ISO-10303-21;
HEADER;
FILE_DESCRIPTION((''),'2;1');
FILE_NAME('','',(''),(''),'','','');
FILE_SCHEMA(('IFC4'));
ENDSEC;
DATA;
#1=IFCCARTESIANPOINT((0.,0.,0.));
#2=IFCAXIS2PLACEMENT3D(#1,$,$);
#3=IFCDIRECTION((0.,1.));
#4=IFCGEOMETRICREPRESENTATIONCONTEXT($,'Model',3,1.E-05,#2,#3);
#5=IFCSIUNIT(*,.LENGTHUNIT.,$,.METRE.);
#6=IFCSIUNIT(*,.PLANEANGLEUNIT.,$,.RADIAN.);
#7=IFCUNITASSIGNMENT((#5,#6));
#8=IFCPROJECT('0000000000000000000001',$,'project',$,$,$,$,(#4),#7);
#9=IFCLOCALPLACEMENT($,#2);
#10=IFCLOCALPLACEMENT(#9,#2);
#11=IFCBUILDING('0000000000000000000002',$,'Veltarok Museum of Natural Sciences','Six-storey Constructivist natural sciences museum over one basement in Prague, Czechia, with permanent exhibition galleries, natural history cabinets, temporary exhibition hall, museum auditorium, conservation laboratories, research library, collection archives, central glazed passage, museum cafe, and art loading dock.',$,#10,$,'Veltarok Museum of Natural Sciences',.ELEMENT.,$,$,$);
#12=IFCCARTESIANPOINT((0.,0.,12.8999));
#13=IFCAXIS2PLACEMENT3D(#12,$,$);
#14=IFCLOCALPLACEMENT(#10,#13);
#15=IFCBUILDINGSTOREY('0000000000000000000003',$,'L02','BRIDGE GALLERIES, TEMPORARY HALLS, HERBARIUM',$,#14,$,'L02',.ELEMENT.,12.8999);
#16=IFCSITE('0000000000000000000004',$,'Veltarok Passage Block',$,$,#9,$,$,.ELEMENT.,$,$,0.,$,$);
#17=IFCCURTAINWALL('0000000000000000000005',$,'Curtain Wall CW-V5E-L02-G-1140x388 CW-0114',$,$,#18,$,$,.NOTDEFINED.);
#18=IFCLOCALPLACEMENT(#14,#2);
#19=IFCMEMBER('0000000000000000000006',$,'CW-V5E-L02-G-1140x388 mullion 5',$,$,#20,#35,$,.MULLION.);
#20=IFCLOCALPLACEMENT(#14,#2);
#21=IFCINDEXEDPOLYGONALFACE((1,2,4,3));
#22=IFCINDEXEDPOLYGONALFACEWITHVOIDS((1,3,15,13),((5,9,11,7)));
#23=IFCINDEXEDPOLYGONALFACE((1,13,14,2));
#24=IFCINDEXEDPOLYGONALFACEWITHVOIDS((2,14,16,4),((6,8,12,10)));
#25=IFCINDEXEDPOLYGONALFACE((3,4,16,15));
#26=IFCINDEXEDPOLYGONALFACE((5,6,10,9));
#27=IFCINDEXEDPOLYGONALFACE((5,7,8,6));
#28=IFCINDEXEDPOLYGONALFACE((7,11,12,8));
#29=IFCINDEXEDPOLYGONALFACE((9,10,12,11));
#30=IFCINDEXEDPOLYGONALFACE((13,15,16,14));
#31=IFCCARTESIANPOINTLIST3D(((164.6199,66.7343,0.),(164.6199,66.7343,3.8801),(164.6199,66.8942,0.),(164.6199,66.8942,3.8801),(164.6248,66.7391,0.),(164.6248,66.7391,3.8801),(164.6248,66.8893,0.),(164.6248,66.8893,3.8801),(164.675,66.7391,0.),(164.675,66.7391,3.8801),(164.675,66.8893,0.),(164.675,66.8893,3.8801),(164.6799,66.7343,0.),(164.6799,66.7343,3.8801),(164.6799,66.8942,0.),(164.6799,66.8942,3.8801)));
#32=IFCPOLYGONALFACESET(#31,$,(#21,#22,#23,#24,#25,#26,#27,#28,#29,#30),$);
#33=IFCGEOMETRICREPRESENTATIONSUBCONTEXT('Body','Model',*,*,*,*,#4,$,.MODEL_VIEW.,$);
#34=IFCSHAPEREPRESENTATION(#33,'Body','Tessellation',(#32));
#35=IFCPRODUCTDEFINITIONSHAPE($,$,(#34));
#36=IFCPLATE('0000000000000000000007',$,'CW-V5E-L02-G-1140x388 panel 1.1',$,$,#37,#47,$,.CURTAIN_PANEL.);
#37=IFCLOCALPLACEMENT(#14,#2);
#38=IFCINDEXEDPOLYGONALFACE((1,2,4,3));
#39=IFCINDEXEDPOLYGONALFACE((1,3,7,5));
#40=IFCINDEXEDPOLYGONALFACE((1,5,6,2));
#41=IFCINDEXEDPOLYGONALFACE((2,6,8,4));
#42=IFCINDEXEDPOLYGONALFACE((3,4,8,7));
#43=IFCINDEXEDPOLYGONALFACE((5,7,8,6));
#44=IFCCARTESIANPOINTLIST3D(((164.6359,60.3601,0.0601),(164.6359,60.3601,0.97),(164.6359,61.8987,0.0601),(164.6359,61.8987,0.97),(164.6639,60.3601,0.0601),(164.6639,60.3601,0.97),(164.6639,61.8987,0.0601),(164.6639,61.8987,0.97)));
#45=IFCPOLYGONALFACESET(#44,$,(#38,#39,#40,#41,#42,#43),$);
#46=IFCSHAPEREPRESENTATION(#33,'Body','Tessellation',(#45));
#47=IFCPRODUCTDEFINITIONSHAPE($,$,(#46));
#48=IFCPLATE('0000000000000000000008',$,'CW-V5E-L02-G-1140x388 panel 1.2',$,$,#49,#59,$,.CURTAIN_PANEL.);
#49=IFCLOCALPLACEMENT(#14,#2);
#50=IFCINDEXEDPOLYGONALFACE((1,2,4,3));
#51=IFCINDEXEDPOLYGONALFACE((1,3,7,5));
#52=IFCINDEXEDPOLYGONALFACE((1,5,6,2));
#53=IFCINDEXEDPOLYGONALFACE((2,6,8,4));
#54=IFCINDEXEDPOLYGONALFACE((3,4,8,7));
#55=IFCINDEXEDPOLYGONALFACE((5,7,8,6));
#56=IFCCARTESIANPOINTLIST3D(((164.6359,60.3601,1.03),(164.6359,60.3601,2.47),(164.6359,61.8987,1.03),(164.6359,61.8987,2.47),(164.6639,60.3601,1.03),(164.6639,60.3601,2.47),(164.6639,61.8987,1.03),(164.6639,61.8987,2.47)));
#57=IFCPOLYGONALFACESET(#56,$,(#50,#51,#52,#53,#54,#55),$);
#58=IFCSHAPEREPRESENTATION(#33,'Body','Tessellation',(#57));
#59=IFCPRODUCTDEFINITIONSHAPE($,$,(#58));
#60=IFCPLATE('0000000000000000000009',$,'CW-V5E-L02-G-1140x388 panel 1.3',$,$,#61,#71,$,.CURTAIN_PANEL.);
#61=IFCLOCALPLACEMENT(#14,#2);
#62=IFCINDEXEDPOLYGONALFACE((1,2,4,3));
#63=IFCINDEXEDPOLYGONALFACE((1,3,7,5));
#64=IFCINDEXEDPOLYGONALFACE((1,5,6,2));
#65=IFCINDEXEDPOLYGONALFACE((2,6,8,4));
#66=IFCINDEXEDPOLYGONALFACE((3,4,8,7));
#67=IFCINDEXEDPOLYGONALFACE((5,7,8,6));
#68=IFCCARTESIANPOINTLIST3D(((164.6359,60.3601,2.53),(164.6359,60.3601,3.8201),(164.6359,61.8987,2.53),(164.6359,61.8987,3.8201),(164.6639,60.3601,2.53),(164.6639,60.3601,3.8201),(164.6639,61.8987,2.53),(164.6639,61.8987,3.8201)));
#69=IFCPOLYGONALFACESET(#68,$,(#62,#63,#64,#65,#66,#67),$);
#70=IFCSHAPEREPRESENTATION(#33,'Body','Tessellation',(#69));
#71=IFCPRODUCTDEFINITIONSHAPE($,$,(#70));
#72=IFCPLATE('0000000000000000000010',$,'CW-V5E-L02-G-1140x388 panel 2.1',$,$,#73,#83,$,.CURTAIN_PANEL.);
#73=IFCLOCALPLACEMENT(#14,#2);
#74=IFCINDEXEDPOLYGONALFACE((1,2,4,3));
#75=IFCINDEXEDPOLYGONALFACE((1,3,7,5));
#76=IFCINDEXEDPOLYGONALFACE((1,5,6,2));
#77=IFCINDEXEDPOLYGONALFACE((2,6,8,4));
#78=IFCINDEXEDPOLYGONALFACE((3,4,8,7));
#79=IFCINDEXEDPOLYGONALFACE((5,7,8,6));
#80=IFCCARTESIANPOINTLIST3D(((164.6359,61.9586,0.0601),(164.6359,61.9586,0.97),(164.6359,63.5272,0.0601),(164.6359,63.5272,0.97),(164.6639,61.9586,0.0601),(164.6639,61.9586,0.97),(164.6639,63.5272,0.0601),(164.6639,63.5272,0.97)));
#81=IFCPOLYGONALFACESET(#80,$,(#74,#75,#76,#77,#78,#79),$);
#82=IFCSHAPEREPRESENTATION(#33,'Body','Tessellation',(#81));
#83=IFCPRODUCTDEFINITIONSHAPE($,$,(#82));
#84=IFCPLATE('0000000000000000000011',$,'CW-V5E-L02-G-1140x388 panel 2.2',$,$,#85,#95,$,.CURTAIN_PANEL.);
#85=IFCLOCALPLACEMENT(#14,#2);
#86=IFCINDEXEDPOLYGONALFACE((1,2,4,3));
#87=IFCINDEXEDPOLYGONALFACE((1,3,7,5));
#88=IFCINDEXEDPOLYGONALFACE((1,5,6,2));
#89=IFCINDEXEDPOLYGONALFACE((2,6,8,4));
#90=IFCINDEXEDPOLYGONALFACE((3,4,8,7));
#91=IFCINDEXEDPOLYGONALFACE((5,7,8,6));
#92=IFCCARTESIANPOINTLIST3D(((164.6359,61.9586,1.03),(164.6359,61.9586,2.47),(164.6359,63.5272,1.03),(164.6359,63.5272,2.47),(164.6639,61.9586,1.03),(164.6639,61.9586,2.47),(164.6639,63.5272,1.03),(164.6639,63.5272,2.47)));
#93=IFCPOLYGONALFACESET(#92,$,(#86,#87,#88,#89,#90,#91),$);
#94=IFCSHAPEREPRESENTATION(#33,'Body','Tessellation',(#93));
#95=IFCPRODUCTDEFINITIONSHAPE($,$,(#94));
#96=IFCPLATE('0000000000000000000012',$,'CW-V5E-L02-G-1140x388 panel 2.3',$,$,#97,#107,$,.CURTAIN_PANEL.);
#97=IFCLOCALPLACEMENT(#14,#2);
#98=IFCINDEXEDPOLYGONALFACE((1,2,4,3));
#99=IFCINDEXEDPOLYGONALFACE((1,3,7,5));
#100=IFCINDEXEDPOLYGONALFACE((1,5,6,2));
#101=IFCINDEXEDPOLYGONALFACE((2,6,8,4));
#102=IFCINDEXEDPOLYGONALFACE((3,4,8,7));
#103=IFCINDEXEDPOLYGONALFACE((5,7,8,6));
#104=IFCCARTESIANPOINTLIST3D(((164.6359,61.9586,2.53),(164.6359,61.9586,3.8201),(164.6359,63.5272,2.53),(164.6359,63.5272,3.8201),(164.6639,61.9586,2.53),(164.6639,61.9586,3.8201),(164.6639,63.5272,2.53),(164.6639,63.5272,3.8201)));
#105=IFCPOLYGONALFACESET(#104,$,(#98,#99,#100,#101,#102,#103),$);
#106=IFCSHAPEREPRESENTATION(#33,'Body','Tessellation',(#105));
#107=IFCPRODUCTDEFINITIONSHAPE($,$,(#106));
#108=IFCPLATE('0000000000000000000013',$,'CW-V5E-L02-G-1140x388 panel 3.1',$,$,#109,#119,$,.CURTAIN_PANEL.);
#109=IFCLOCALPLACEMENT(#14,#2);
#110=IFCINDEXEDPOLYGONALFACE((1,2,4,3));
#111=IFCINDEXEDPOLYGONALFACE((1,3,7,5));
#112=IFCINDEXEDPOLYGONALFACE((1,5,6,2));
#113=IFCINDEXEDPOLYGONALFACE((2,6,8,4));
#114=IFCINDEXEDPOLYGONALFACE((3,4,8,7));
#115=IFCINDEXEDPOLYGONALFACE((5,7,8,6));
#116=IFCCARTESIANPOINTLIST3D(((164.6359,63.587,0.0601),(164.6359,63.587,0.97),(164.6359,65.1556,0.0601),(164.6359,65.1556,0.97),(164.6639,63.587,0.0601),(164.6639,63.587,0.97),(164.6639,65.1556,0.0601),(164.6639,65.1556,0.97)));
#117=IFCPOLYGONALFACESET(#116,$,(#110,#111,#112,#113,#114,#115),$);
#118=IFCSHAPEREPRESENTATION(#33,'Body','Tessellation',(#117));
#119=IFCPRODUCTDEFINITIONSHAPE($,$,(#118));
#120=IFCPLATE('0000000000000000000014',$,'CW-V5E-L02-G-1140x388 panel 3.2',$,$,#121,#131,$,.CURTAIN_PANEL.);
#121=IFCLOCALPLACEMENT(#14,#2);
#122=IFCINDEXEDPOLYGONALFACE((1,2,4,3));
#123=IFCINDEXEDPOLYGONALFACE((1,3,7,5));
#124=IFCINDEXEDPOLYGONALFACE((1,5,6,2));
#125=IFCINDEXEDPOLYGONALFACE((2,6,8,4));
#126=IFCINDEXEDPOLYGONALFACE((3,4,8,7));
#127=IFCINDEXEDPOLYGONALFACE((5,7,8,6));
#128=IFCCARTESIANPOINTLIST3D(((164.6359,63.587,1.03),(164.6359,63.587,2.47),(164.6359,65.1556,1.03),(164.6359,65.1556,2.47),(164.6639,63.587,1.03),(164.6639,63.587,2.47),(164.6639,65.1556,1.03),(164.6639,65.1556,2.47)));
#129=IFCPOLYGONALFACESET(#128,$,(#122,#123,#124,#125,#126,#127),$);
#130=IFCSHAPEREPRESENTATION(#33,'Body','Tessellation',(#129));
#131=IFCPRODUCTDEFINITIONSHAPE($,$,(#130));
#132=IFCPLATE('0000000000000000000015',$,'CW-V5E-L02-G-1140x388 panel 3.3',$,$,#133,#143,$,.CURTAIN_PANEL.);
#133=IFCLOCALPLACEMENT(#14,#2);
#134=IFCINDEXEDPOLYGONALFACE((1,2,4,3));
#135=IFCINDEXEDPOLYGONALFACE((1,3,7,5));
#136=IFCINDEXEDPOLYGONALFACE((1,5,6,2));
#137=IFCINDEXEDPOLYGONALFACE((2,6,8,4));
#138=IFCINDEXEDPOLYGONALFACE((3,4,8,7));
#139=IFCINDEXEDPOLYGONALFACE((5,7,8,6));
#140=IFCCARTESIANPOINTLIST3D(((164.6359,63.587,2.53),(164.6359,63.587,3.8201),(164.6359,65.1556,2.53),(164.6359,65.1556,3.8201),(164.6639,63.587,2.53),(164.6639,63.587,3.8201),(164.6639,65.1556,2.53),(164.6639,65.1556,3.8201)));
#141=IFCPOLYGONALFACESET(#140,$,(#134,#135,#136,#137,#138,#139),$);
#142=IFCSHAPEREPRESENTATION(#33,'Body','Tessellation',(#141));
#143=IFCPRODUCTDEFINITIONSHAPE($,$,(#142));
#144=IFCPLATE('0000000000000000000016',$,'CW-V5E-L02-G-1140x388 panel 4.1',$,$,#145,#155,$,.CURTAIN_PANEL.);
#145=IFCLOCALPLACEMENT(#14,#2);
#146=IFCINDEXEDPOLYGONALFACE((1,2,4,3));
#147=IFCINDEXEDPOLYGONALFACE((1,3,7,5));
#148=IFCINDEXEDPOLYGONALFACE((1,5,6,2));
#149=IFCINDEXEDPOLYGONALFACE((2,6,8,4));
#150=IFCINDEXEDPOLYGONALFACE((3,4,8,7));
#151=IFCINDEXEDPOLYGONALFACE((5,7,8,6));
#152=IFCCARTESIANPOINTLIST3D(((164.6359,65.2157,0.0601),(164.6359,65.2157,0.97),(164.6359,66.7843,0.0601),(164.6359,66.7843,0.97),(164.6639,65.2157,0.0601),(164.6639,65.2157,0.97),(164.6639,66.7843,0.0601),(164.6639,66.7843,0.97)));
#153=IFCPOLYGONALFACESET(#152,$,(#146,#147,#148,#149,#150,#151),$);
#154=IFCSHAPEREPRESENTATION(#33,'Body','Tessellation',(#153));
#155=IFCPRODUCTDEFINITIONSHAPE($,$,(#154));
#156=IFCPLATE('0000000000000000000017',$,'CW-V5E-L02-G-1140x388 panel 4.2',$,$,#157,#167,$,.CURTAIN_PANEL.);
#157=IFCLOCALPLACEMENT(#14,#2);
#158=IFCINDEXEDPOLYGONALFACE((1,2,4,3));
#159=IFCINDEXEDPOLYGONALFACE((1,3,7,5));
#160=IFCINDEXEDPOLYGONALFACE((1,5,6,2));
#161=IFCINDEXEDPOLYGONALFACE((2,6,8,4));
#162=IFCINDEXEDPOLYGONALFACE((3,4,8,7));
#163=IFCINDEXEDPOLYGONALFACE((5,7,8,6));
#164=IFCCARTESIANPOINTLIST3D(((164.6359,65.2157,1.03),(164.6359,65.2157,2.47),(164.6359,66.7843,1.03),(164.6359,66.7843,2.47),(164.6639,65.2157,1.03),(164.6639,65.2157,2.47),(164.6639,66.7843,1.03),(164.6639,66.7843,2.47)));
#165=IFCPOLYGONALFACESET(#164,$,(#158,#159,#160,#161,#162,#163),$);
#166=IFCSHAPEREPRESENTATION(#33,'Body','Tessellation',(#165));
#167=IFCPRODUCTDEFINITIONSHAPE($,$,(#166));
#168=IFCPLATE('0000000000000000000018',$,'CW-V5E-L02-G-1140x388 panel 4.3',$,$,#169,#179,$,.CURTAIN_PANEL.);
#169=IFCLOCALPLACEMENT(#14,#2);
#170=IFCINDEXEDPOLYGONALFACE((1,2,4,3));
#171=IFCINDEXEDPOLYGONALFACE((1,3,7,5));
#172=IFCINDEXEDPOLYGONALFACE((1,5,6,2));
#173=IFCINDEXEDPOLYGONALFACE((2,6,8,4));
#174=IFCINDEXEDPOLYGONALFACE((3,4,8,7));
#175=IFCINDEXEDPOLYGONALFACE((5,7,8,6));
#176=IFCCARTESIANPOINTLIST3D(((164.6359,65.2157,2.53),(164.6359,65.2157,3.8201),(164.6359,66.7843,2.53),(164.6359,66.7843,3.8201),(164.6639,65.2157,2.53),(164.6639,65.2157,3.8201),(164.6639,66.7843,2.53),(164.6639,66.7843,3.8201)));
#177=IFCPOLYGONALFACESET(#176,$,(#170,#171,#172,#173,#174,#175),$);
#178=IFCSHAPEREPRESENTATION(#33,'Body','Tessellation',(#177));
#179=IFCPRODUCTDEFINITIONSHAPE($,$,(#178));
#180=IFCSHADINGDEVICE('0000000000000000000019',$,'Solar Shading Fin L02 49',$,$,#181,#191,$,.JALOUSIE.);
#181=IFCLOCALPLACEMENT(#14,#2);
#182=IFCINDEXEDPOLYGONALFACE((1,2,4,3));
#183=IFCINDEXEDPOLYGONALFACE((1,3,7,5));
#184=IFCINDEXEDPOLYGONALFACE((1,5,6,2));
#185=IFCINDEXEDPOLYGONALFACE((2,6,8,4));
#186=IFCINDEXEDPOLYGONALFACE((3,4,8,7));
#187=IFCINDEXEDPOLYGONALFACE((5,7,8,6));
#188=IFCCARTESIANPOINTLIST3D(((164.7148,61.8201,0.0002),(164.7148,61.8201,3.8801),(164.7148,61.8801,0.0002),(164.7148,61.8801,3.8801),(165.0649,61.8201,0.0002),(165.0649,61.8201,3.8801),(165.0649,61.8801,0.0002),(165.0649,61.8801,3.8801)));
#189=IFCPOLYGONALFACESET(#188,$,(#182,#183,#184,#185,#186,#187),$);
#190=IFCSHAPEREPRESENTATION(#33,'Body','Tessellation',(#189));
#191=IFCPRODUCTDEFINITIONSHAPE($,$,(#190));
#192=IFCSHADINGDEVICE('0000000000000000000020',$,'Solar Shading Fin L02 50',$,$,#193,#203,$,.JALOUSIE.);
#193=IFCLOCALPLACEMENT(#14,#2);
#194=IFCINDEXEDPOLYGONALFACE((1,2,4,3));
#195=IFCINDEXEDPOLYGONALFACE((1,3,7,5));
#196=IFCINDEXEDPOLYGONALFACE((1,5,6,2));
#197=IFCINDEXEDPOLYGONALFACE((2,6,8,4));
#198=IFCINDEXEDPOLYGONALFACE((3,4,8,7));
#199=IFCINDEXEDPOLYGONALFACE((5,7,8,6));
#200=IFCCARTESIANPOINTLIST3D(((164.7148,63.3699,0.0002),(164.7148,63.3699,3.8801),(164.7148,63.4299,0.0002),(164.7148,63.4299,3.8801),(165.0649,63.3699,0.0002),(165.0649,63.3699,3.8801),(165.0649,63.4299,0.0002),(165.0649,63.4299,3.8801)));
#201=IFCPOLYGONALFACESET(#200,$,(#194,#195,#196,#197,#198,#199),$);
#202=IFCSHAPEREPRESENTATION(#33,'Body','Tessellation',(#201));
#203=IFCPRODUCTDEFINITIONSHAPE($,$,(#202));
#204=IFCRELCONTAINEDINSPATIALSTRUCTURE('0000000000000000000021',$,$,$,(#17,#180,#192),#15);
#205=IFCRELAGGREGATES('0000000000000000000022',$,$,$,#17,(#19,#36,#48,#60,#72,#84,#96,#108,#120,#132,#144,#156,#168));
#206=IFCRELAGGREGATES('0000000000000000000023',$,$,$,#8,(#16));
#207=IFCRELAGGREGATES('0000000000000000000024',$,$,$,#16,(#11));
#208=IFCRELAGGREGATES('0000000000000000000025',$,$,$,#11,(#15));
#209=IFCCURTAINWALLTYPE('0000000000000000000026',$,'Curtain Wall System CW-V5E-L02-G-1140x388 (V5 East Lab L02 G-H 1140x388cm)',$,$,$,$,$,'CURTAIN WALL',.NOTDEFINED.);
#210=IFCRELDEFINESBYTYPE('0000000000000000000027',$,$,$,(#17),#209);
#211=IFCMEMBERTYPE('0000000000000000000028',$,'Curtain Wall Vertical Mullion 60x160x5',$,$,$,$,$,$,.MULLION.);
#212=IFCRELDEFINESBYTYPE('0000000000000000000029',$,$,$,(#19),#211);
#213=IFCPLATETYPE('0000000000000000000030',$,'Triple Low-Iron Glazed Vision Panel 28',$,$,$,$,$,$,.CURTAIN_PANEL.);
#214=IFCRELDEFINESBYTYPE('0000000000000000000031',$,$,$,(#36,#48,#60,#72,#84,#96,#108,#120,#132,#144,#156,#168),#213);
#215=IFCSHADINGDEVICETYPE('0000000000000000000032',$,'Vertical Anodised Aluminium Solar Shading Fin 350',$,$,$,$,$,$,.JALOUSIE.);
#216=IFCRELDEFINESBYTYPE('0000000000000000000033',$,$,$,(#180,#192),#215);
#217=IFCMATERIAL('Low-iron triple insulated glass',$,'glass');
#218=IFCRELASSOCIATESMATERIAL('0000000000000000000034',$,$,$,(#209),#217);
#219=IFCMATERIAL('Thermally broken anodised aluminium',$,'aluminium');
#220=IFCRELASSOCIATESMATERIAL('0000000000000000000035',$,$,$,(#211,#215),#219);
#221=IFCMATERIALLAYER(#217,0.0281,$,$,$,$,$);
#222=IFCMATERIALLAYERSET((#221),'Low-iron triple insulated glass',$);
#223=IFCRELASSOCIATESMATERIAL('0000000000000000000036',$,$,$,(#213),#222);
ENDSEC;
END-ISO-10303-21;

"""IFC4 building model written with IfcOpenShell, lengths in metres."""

from ifc_helpers import new_model, si_unit, direction, frame, origin, origin_2d, place, context, subcontext, project, spatial, rectangle, hollow_rectangle, extrude, material, layer, layer_set, material_profile, profile_set, type_object, element, aggregate, save


model = new_model("IFC4")

# Units and contexts
model_context = context("Model", 3, precision=1e-05, world=origin(), true_north=direction((0.0, 1.0)))
body_context = subcontext(model_context, "Body", "Model", "MODEL_VIEW")
ifc_project = project(units=[si_unit("LENGTHUNIT", "METRE"), si_unit("PLANEANGLEUNIT", "RADIAN")], contexts=[model_context])

# Site, building, storey
site_placement = place(None, origin())
site = spatial("IfcSite", under=ifc_project, at=site_placement, Name="Veltarok Passage Block", CompositionType="ELEMENT", RefElevation=0.0)
building_placement = place(site_placement, origin())
building = spatial("IfcBuilding", under=site, at=building_placement, Name="Veltarok Museum of Natural Sciences", Description="Six-storey Constructivist natural sciences museum over one basement in Prague, Czechia, with permanent exhibition galleries, natural history cabinets, temporary exhibition hall, museum auditorium, conservation laboratories, research library, collection archives, central glazed passage, museum cafe, and art loading dock.", LongName="Veltarok Museum of Natural Sciences", CompositionType="ELEMENT")
storey_placement = place(building_placement, frame((0.0, 0.0, 12.8999)))
storey = spatial("IfcBuildingStorey", under=building, at=storey_placement, Name="L02", Description="BRIDGE GALLERIES, TEMPORARY HALLS, HERBARIUM", LongName="L02", CompositionType="ELEMENT", Elevation=12.8999)

# Curtain wall, member, plates
ifc_material_1 = material(Name="Low-iron triple insulated glass", Category="glass")
curtain_wall_type = type_object("IfcCurtainWallType", Name="Curtain Wall System CW-V5E-L02-G-1140x388 (V5 East Lab L02 G-H 1140x388cm)", ElementType="CURTAIN WALL", PredefinedType="NOTDEFINED", material=ifc_material_1)
curtain_wall_placement = place(storey_placement, origin())
curtain_wall = element("IfcCurtainWall", 1, at=curtain_wall_placement, inside=storey, type_object=curtain_wall_type, Name="Curtain Wall CW-V5E-L02-G-1140x388 CW-0114", PredefinedType="NOTDEFINED")
ifc_material_2 = material(Name="Thermally broken anodised aluminium", Category="aluminium")
ifc_material_profile_1 = material_profile(ifc_material_2, hollow_rectangle(XDim=0.0601, YDim=0.1599, WallThickness=0.0049, at=origin_2d()), Name="CW MULLION 60x160x5")
ifc_profile_set_1 = profile_set([ifc_material_profile_1], Name="Thermally broken anodised aluminium")
member_type_1 = type_object("IfcMemberType", Name="Curtain Wall Vertical Mullion 60x160x5", PredefinedType="MULLION", material=ifc_profile_set_1)
member_1_placement = place(storey_placement, frame((164.6499, 66.8142, 0.0), z_axis=(0.0, 0.0, 1.0), x_axis=(-1.0, 0.0, 0.0)))
member_1 = element("IfcMember", 2, at=member_1_placement, type_object=member_type_1, Name="CW-V5E-L02-G-1140x388 mullion 5", PredefinedType="MULLION", context=body_context, shape_type="SweptSolid", body=[
    extrude(hollow_rectangle(XDim=0.0601, YDim=0.1599, WallThickness=0.0049, at=origin_2d()), origin(), (0.0, 0.0, 1.0), 3.8801),
])
ifc_layer = layer(ifc_material_1, 0.0281)
ifc_layer_set = layer_set([ifc_layer], Name="Low-iron triple insulated glass")
plate_type = type_object("IfcPlateType", Name="Triple Low-Iron Glazed Vision Panel 28", PredefinedType="CURTAIN_PANEL", material=ifc_layer_set)
plate_1_placement = place(storey_placement, frame((164.6499, 61.1294, 0.0601), z_axis=(0.0, 0.0, 1.0), x_axis=(0.0, 1.0, 0.0)))
plate_1 = element("IfcPlate", 3, at=plate_1_placement, type_object=plate_type, Name="CW-V5E-L02-G-1140x388 panel 1.1", PredefinedType="CURTAIN_PANEL", context=body_context, shape_type="SweptSolid", body=[
    extrude(rectangle(XDim=1.5386, YDim=0.0281, at=origin_2d()), origin(), (0.0, 0.0, 1.0), 0.9099),
])
plate_2_placement = place(storey_placement, frame((164.6499, 61.1294, 1.03), z_axis=(0.0, 0.0, 1.0), x_axis=(0.0, 1.0, 0.0)))
plate_2 = element("IfcPlate", 4, at=plate_2_placement, type_object=plate_type, Name="CW-V5E-L02-G-1140x388 panel 1.2", PredefinedType="CURTAIN_PANEL", context=body_context, shape_type="SweptSolid", body=[
    extrude(rectangle(XDim=1.5386, YDim=0.0281, at=origin_2d()), origin(), (0.0, 0.0, 1.0), 1.4399),
])
plate_3_placement = place(storey_placement, frame((164.6499, 61.1294, 2.53), z_axis=(0.0, 0.0, 1.0), x_axis=(0.0, 1.0, 0.0)))
plate_3 = element("IfcPlate", 5, at=plate_3_placement, type_object=plate_type, Name="CW-V5E-L02-G-1140x388 panel 1.3", PredefinedType="CURTAIN_PANEL", context=body_context, shape_type="SweptSolid", body=[
    extrude(rectangle(XDim=1.5386, YDim=0.0281, at=origin_2d()), origin(), (0.0, 0.0, 1.0), 1.29),
])
plate_4_placement = place(storey_placement, frame((164.6499, 62.7429, 0.0601), z_axis=(0.0, 0.0, 1.0), x_axis=(0.0, 1.0, 0.0)))
plate_4 = element("IfcPlate", 6, at=plate_4_placement, type_object=plate_type, Name="CW-V5E-L02-G-1140x388 panel 2.1", PredefinedType="CURTAIN_PANEL", context=body_context, shape_type="SweptSolid", body=[
    extrude(rectangle(XDim=1.5686, YDim=0.0281, at=origin_2d()), origin(), (0.0, 0.0, 1.0), 0.9099),
])
plate_5_placement = place(storey_placement, frame((164.6499, 62.7429, 1.03), z_axis=(0.0, 0.0, 1.0), x_axis=(0.0, 1.0, 0.0)))
plate_5 = element("IfcPlate", 7, at=plate_5_placement, type_object=plate_type, Name="CW-V5E-L02-G-1140x388 panel 2.2", PredefinedType="CURTAIN_PANEL", context=body_context, shape_type="SweptSolid", body=[
    extrude(rectangle(XDim=1.5686, YDim=0.0281, at=origin_2d()), origin(), (0.0, 0.0, 1.0), 1.4399),
])
plate_6_placement = place(storey_placement, frame((164.6499, 62.7429, 2.53), z_axis=(0.0, 0.0, 1.0), x_axis=(0.0, 1.0, 0.0)))
plate_6 = element("IfcPlate", 8, at=plate_6_placement, type_object=plate_type, Name="CW-V5E-L02-G-1140x388 panel 2.3", PredefinedType="CURTAIN_PANEL", context=body_context, shape_type="SweptSolid", body=[
    extrude(rectangle(XDim=1.5686, YDim=0.0281, at=origin_2d()), origin(), (0.0, 0.0, 1.0), 1.29),
])
plate_7_placement = place(storey_placement, frame((164.6499, 64.3713, 0.0601), z_axis=(0.0, 0.0, 1.0), x_axis=(0.0, 1.0, 0.0)))
plate_7 = element("IfcPlate", 9, at=plate_7_placement, type_object=plate_type, Name="CW-V5E-L02-G-1140x388 panel 3.1", PredefinedType="CURTAIN_PANEL", context=body_context, shape_type="SweptSolid", body=[
    extrude(rectangle(XDim=1.5686, YDim=0.0281, at=origin_2d()), origin(), (0.0, 0.0, 1.0), 0.9099),
])
plate_8_placement = place(storey_placement, frame((164.6499, 64.3713, 1.03), z_axis=(0.0, 0.0, 1.0), x_axis=(0.0, 1.0, 0.0)))
plate_8 = element("IfcPlate", 10, at=plate_8_placement, type_object=plate_type, Name="CW-V5E-L02-G-1140x388 panel 3.2", PredefinedType="CURTAIN_PANEL", context=body_context, shape_type="SweptSolid", body=[
    extrude(rectangle(XDim=1.5686, YDim=0.0281, at=origin_2d()), origin(), (0.0, 0.0, 1.0), 1.4399),
])
plate_9_placement = place(storey_placement, frame((164.6499, 64.3713, 2.53), z_axis=(0.0, 0.0, 1.0), x_axis=(0.0, 1.0, 0.0)))
plate_9 = element("IfcPlate", 11, at=plate_9_placement, type_object=plate_type, Name="CW-V5E-L02-G-1140x388 panel 3.3", PredefinedType="CURTAIN_PANEL", context=body_context, shape_type="SweptSolid", body=[
    extrude(rectangle(XDim=1.5686, YDim=0.0281, at=origin_2d()), origin(), (0.0, 0.0, 1.0), 1.29),
])
plate_10_placement = place(storey_placement, frame((164.6499, 66.0, 0.0601), z_axis=(0.0, 0.0, 1.0), x_axis=(0.0, 1.0, 0.0)))
plate_10 = element("IfcPlate", 12, at=plate_10_placement, type_object=plate_type, Name="CW-V5E-L02-G-1140x388 panel 4.1", PredefinedType="CURTAIN_PANEL", context=body_context, shape_type="SweptSolid", body=[
    extrude(rectangle(XDim=1.5686, YDim=0.0281, at=origin_2d()), origin(), (0.0, 0.0, 1.0), 0.9099),
])
plate_11_placement = place(storey_placement, frame((164.6499, 66.0, 1.03), z_axis=(0.0, 0.0, 1.0), x_axis=(0.0, 1.0, 0.0)))
plate_11 = element("IfcPlate", 13, at=plate_11_placement, type_object=plate_type, Name="CW-V5E-L02-G-1140x388 panel 4.2", PredefinedType="CURTAIN_PANEL", context=body_context, shape_type="SweptSolid", body=[
    extrude(rectangle(XDim=1.5686, YDim=0.0281, at=origin_2d()), origin(), (0.0, 0.0, 1.0), 1.4399),
])
plate_12_placement = place(storey_placement, frame((164.6499, 66.0, 2.53), z_axis=(0.0, 0.0, 1.0), x_axis=(0.0, 1.0, 0.0)))
plate_12 = element("IfcPlate", 14, at=plate_12_placement, type_object=plate_type, Name="CW-V5E-L02-G-1140x388 panel 4.3", PredefinedType="CURTAIN_PANEL", context=body_context, shape_type="SweptSolid", body=[
    extrude(rectangle(XDim=1.5686, YDim=0.0281, at=origin_2d()), origin(), (0.0, 0.0, 1.0), 1.29),
])
aggregate(curtain_wall, [member_1, plate_1, plate_2, plate_3, plate_4, plate_5, plate_6, plate_7, plate_8, plate_9, plate_10, plate_11, plate_12])

# Shading devices
shading_device_type = type_object("IfcShadingDeviceType", Name="Vertical Anodised Aluminium Solar Shading Fin 350", PredefinedType="JALOUSIE", material=ifc_material_2)
for number, where, z_axis, x_axis, name in (
    (15, (164.8899, 61.8501, 0.0002), (0.0, 0.0, 1.0), (1.0, 0.0, 0.0), "Solar Shading Fin L02 49"),
    (16, (164.8899, 63.3999, 0.0002), (0.0, 0.0, 1.0), (1.0, 0.0, 0.0), "Solar Shading Fin L02 50"),
):
    element("IfcShadingDevice", number, at=place(storey_placement, frame(where, z_axis=z_axis, x_axis=x_axis)), inside=storey, type_object=shading_device_type, Name=name, PredefinedType="JALOUSIE", context=body_context, shape_type="SweptSolid", body=[
        extrude(rectangle(XDim=0.3501, YDim=0.0601, at=origin_2d()), origin(), (0.0, 0.0, 1.0), 3.8799),
    ])

save(model, "model.ifc")
